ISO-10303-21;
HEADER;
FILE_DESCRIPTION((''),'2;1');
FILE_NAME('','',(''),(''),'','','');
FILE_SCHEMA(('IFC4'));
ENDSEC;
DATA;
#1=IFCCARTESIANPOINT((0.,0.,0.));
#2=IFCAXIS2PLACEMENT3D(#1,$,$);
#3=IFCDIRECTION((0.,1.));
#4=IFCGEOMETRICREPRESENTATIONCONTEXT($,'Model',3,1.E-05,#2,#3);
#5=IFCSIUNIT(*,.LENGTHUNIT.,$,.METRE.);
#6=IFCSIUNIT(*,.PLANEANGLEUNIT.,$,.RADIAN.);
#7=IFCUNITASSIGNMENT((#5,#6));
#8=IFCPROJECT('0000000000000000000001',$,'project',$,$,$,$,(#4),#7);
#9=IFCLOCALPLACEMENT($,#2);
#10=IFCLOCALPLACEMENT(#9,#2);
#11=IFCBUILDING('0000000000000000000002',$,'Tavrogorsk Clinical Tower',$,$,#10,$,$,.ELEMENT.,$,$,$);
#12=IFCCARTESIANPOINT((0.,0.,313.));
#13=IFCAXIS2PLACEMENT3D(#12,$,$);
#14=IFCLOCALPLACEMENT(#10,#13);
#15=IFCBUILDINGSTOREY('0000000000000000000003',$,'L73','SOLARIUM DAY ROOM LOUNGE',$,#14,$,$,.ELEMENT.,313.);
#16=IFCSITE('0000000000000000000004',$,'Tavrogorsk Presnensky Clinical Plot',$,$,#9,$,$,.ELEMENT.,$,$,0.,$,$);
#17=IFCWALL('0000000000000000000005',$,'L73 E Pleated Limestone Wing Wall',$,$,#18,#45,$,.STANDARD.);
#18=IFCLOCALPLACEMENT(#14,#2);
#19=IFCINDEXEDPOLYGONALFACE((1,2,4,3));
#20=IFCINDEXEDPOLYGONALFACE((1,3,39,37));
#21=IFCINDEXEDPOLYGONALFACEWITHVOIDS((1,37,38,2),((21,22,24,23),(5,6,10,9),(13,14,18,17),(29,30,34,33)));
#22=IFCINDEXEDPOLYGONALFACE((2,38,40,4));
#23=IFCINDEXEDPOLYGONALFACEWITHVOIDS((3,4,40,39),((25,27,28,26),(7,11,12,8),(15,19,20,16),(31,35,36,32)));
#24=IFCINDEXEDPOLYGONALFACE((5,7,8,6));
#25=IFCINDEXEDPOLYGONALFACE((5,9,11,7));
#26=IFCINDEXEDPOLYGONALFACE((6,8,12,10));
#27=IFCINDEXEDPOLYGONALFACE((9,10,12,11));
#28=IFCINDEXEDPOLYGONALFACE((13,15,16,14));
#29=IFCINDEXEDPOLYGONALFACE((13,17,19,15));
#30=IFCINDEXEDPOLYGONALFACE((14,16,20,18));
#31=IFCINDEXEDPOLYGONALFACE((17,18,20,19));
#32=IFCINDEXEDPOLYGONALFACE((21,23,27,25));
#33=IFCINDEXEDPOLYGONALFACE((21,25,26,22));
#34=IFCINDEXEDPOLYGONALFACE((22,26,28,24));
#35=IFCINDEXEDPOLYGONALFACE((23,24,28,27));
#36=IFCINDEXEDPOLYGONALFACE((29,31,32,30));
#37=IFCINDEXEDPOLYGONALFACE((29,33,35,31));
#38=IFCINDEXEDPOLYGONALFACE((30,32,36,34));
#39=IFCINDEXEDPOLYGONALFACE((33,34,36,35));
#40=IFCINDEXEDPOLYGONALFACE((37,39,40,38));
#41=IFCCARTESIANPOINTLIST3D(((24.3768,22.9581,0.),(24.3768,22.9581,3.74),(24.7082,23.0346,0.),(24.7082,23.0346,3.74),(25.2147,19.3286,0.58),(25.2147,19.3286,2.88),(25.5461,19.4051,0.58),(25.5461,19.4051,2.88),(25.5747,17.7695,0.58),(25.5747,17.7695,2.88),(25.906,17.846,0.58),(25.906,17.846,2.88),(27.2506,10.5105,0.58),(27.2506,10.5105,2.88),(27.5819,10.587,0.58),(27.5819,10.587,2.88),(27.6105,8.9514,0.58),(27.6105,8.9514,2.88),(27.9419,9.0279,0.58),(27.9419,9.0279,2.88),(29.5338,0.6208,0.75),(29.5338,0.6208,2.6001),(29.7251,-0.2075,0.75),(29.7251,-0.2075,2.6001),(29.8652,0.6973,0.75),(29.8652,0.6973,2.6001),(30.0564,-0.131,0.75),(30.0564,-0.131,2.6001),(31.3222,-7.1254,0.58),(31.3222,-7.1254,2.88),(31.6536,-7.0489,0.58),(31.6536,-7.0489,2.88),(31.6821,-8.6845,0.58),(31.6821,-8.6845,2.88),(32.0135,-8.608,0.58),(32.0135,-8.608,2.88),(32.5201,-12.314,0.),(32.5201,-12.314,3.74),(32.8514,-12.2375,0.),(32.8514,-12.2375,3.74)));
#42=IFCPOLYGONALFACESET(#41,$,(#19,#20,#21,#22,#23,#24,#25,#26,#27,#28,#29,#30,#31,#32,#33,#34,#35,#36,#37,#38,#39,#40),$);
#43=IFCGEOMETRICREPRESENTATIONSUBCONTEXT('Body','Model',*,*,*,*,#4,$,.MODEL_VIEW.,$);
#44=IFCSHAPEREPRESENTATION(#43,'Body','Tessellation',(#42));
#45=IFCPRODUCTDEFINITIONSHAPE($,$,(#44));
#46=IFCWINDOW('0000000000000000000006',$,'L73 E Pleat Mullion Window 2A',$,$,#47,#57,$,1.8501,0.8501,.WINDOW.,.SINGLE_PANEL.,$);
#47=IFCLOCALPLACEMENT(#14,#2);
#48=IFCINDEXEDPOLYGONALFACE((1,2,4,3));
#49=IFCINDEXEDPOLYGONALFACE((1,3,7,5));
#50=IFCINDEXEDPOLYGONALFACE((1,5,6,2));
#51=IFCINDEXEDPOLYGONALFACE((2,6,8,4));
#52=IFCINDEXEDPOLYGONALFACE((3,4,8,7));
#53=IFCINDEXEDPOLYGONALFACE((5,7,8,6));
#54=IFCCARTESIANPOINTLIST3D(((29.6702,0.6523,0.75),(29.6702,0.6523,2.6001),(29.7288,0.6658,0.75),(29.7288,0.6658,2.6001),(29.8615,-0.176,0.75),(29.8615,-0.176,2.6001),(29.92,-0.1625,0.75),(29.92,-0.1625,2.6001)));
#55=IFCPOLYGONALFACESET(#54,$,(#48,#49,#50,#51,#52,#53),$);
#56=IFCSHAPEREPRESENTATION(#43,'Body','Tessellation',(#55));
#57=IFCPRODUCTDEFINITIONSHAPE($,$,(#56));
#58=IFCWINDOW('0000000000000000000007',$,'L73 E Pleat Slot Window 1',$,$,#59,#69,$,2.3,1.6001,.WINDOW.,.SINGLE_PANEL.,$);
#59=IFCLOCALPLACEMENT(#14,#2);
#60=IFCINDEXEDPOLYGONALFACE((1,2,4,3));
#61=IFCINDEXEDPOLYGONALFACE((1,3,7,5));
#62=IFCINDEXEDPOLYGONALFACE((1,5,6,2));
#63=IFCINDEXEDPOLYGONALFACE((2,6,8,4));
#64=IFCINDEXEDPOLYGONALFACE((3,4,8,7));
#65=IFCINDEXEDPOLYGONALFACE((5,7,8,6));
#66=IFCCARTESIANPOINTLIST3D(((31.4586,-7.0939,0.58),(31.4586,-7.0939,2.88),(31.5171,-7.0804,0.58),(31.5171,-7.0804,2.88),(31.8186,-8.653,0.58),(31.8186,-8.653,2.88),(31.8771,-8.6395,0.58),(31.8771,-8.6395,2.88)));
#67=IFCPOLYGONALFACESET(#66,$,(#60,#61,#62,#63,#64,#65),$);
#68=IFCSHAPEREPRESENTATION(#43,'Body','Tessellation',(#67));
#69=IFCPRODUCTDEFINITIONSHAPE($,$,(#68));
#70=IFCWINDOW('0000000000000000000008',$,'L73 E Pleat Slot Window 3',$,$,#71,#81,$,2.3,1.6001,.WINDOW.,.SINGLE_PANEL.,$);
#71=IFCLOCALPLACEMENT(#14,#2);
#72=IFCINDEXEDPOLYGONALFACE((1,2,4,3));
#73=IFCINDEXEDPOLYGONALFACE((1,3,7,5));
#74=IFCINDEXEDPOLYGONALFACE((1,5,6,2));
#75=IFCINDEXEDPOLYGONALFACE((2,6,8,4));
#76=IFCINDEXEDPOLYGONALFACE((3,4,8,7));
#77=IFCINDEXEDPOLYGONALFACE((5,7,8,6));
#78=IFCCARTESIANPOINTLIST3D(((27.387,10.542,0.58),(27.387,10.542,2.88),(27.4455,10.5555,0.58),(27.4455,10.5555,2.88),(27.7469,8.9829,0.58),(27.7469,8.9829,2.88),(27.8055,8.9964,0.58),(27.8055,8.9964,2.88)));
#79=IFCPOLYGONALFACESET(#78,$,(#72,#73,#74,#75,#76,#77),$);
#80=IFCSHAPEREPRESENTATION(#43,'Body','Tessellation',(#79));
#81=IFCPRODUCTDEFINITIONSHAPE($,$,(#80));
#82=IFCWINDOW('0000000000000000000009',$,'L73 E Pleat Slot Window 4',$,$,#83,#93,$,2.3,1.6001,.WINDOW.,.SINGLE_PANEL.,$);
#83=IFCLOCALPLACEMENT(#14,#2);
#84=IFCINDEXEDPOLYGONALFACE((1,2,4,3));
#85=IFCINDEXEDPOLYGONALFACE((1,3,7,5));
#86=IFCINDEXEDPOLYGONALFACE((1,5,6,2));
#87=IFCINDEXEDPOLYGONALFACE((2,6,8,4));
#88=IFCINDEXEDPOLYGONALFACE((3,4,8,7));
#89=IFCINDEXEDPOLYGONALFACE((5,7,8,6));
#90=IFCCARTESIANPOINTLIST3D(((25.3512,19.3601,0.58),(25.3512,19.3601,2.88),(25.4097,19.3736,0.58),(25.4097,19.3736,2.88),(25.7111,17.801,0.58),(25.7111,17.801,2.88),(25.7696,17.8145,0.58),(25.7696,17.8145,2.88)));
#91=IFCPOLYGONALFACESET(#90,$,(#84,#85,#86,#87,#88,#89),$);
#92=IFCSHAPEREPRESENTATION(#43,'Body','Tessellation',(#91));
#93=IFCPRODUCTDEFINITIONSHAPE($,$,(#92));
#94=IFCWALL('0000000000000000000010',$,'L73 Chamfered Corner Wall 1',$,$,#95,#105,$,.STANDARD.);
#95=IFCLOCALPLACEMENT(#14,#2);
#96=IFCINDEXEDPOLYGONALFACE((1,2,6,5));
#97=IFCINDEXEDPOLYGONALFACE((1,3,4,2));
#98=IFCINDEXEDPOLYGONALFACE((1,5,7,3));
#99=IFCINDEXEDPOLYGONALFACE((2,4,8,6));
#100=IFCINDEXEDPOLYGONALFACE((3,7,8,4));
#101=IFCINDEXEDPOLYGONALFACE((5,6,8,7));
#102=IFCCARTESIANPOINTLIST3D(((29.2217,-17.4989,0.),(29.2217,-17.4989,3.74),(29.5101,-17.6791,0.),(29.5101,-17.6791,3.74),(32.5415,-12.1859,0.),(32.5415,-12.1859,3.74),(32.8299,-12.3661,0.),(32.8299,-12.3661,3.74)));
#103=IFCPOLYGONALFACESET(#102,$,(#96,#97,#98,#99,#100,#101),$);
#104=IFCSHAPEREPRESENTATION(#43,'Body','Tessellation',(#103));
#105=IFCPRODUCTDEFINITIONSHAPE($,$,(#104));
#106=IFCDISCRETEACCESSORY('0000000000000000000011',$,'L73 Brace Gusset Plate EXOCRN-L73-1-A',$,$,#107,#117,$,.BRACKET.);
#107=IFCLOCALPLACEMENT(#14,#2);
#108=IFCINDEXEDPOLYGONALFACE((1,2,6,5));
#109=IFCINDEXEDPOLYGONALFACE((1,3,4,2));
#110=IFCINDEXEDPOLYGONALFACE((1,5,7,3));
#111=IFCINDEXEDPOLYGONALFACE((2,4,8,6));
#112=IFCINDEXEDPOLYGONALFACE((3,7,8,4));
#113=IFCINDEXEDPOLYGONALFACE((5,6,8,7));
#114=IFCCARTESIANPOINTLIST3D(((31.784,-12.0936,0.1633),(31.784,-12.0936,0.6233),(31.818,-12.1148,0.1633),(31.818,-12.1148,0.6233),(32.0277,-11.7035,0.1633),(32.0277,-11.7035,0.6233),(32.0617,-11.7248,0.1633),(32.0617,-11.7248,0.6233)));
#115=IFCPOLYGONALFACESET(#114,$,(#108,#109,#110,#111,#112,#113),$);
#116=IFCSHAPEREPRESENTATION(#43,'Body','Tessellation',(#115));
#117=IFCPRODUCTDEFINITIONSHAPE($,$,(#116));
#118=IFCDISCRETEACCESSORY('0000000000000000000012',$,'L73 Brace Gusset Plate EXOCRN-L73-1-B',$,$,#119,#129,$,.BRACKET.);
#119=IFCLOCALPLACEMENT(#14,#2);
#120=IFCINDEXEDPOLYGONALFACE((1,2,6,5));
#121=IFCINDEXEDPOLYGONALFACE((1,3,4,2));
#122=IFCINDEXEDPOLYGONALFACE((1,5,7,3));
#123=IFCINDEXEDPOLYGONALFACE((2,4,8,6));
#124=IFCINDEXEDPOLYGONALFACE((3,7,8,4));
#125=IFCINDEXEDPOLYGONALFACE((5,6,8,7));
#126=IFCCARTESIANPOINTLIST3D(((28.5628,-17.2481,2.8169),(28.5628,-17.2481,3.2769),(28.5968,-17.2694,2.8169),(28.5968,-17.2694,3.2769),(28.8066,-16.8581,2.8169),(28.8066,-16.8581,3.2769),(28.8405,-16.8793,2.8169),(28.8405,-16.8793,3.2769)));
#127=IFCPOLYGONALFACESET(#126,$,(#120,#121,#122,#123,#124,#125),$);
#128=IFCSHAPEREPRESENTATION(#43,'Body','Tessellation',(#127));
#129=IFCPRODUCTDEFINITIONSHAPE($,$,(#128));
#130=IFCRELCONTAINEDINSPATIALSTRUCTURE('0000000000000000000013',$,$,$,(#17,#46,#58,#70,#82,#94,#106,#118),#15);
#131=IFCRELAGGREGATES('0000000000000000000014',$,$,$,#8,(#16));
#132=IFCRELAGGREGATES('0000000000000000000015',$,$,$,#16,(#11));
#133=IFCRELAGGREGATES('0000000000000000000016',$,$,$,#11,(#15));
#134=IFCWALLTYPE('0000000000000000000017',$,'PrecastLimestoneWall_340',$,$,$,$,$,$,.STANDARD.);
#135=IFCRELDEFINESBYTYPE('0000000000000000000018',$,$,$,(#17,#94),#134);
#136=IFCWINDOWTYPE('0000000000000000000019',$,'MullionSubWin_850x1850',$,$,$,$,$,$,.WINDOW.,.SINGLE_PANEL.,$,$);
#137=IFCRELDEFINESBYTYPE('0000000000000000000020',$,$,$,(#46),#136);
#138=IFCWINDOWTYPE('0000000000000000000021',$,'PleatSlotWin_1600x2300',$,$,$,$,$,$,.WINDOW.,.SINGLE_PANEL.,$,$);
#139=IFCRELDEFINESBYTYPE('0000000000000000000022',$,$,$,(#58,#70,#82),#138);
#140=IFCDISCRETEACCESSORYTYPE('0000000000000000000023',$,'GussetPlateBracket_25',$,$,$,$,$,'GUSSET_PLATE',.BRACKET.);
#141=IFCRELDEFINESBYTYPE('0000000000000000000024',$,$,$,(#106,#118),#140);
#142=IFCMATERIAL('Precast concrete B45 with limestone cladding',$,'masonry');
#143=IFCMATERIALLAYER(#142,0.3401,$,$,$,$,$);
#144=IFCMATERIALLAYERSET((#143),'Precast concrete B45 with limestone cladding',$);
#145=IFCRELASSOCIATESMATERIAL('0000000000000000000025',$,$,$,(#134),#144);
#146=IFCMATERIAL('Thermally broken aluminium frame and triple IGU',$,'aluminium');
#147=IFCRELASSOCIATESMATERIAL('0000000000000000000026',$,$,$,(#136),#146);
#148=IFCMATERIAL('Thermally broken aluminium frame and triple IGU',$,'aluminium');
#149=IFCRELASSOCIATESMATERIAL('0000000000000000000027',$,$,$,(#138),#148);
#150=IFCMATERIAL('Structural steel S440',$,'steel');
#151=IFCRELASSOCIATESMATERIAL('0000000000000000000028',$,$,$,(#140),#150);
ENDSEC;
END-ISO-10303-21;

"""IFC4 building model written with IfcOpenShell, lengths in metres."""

from ifc_helpers import new_model, si_unit, direction, frame, frame_2d, origin, origin_2d, place, context, subcontext, project, spatial, rectangle, extrude, material, layer, layer_set, type_object, element, fill, save


model = new_model("IFC4")

# Units and contexts
model_context = context("Model", 3, precision=1e-05, world=origin(), true_north=direction((0.0, 1.0)))
body_context = subcontext(model_context, "Body", "Model", "MODEL_VIEW")
ifc_project = project(units=[si_unit("LENGTHUNIT", "METRE"), si_unit("PLANEANGLEUNIT", "RADIAN")], contexts=[model_context])

# Site, building, storey
site_placement = place(None, origin())
site = spatial("IfcSite", under=ifc_project, at=site_placement, Name="Tavrogorsk Presnensky Clinical Plot", CompositionType="ELEMENT", RefElevation=0.0)
building_placement = place(site_placement, origin())
building = spatial("IfcBuilding", under=site, at=building_placement, Name="Tavrogorsk Clinical Tower", CompositionType="ELEMENT")
storey_placement = place(building_placement, frame((0.0, 0.0, 313.0)))
storey = spatial("IfcBuildingStorey", under=building, at=storey_placement, Name="L73", Description="SOLARIUM DAY ROOM LOUNGE", CompositionType="ELEMENT", Elevation=313.0)

# Wall, openings, windows
ifc_material_1 = material(Name="Precast concrete B45 with limestone cladding", Category="masonry")
ifc_layer_1 = layer(ifc_material_1, 0.3401)
ifc_layer_set_1 = layer_set([ifc_layer_1], Name="Precast concrete B45 with limestone cladding")
wall_type_1 = type_object("IfcWallType", Name="PrecastLimestoneWall_340", PredefinedType="STANDARD", material=ifc_layer_set_1)
wall_1_placement = place(storey_placement, frame((32.6858, -12.2759, 0.0), z_axis=(0.0, 0.0, 1.0), x_axis=(-0.224953, 0.97437, 0.0)))
wall_1 = element("IfcWall", 1, at=wall_1_placement, inside=storey, type_object=wall_type_1, Name="L73 E Pleated Limestone Wing Wall", PredefinedType="STANDARD", context=body_context, shape_type="SweptSolid", body=[
    extrude(rectangle(XDim=36.2, YDim=0.3401, at=frame_2d((18.1001, 0.0))), origin(), (0.0, 0.0, 1.0), 3.74),
])
opening_1_placement = place(wall_1_placement, frame((3.7251, 0.0, 0.5801)))
opening_1 = element("IfcOpeningElement", 2, at=opening_1_placement, cuts=wall_1, PredefinedType="OPENING", context=body_context, shape_type="SweptSolid", body=[
    extrude(rectangle(XDim=1.6001, YDim=2.3, at=frame_2d((0.8, 1.1499))), frame((0.0, 0.1799, 0.0), z_axis=(0.0, -1.0, 0.0), x_axis=(1.0, 0.0, 0.0)), (0.0, 0.0, 1.0), 0.3601),
])
opening_2_placement = place(wall_1_placement, frame((12.425, 0.0, 0.75)))
opening_2 = element("IfcOpeningElement", 3, at=opening_2_placement, cuts=wall_1, PredefinedType="OPENING", context=body_context, shape_type="SweptSolid", body=[
    extrude(rectangle(XDim=0.8501, YDim=1.8501, at=frame_2d((0.425, 0.925))), frame((0.0, 0.1799, 0.0), z_axis=(0.0, -1.0, 0.0), x_axis=(1.0, 0.0, 0.0)), (0.0, 0.0, 1.0), 0.3601),
])
opening_3_placement = place(wall_1_placement, frame((21.825, 0.0, 0.5801)))
opening_3 = element("IfcOpeningElement", 4, at=opening_3_placement, cuts=wall_1, PredefinedType="OPENING", context=body_context, shape_type="SweptSolid", body=[
    extrude(rectangle(XDim=1.6001, YDim=2.3, at=frame_2d((0.8, 1.1499))), frame((0.0, 0.1799, 0.0), z_axis=(0.0, -1.0, 0.0), x_axis=(1.0, 0.0, 0.0)), (0.0, 0.0, 1.0), 0.3601),
])
opening_4_placement = place(wall_1_placement, frame((30.875, 0.0, 0.5801)))
opening_4 = element("IfcOpeningElement", 5, at=opening_4_placement, cuts=wall_1, PredefinedType="OPENING", context=body_context, shape_type="SweptSolid", body=[
    extrude(rectangle(XDim=1.6001, YDim=2.3, at=frame_2d((0.8, 1.1499))), frame((0.0, 0.1799, 0.0), z_axis=(0.0, -1.0, 0.0), x_axis=(1.0, 0.0, 0.0)), (0.0, 0.0, 1.0), 0.3601),
])
ifc_material_2 = material(Name="Thermally broken aluminium frame and triple IGU", Category="aluminium")
window_type_1 = type_object("IfcWindowType", Name="MullionSubWin_850x1850", PartitioningType="SINGLE_PANEL", PredefinedType="WINDOW", material=ifc_material_2)
window_1_placement = place(opening_2_placement, origin())
window_1 = element("IfcWindow", 6, at=window_1_placement, inside=storey, type_object=window_type_1, Name="L73 E Pleat Mullion Window 2A", OverallHeight=1.8501, OverallWidth=0.8501, PartitioningType="SINGLE_PANEL", PredefinedType="WINDOW", context=body_context, shape_type="SweptSolid", body=[
    extrude(rectangle(XDim=0.8501, YDim=1.8501, at=frame_2d((0.425, 0.925))), frame((0.0, 0.03, 0.0), z_axis=(0.0, -1.0, 0.0), x_axis=(1.0, 0.0, 0.0)), (0.0, 0.0, 1.0), 0.0601),
])
fill(opening_2, window_1)
ifc_material_3 = material(Name="Thermally broken aluminium frame and triple IGU", Category="aluminium")
window_type_2 = type_object("IfcWindowType", Name="PleatSlotWin_1600x2300", PartitioningType="SINGLE_PANEL", PredefinedType="WINDOW", material=ifc_material_3)
window_2_placement = place(opening_1_placement, origin())
window_2 = element("IfcWindow", 7, at=window_2_placement, inside=storey, type_object=window_type_2, Name="L73 E Pleat Slot Window 1", OverallHeight=2.3, OverallWidth=1.6001, PartitioningType="SINGLE_PANEL", PredefinedType="WINDOW", context=body_context, shape_type="SweptSolid", body=[
    extrude(rectangle(XDim=1.6001, YDim=2.3, at=frame_2d((0.8, 1.1499))), frame((0.0, 0.03, 0.0), z_axis=(0.0, -1.0, 0.0), x_axis=(1.0, 0.0, 0.0)), (0.0, 0.0, 1.0), 0.0601),
])
fill(opening_1, window_2)
window_3_placement = place(opening_3_placement, origin())
window_3 = element("IfcWindow", 8, at=window_3_placement, inside=storey, type_object=window_type_2, Name="L73 E Pleat Slot Window 3", OverallHeight=2.3, OverallWidth=1.6001, PartitioningType="SINGLE_PANEL", PredefinedType="WINDOW", context=body_context, shape_type="SweptSolid", body=[
    extrude(rectangle(XDim=1.6001, YDim=2.3, at=frame_2d((0.8, 1.1499))), frame((0.0, 0.03, 0.0), z_axis=(0.0, -1.0, 0.0), x_axis=(1.0, 0.0, 0.0)), (0.0, 0.0, 1.0), 0.0601),
])
fill(opening_3, window_3)
window_4_placement = place(opening_4_placement, origin())
window_4 = element("IfcWindow", 9, at=window_4_placement, inside=storey, type_object=window_type_2, Name="L73 E Pleat Slot Window 4", OverallHeight=2.3, OverallWidth=1.6001, PartitioningType="SINGLE_PANEL", PredefinedType="WINDOW", context=body_context, shape_type="SweptSolid", body=[
    extrude(rectangle(XDim=1.6001, YDim=2.3, at=frame_2d((0.8, 1.1499))), frame((0.0, 0.03, 0.0), z_axis=(0.0, -1.0, 0.0), x_axis=(1.0, 0.0, 0.0)), (0.0, 0.0, 1.0), 0.0601),
])
fill(opening_4, window_4)

# Wall
wall_2_placement = place(storey_placement, frame((29.366, -17.5889, 0.0), z_axis=(0.0, 0.0, 1.0), x_axis=(0.529908, 0.848055, 0.0)))
element("IfcWall", 10, at=wall_2_placement, inside=storey, type_object=wall_type_1, Name="L73 Chamfered Corner Wall 1", PredefinedType="STANDARD", context=body_context, shape_type="SweptSolid", body=[
    extrude(rectangle(XDim=6.2649, YDim=0.3401, at=frame_2d((3.1323, 0.0))), origin(), (0.0, 0.0, 1.0), 3.74),
])

# Discrete accessories
ifc_material_4 = material(Name="Structural steel S440", Category="steel")
discrete_accessory_type = type_object("IfcDiscreteAccessoryType", Name="GussetPlateBracket_25", ElementType="GUSSET_PLATE", PredefinedType="BRACKET", material=ifc_material_4)
for number, where, z_axis, x_axis, name in (
    (11, (31.9229, -11.9092, 0.1633), (0.0, 0.0, 1.0), (-0.529919, -0.848048, 0.0), "L73 Brace Gusset Plate EXOCRN-L73-1-A"),
    (12, (28.7017, -17.0637, 2.8169), (0.0, 0.0, 1.0), (-0.529919, -0.848048, 0.0), "L73 Brace Gusset Plate EXOCRN-L73-1-B"),
):
    element("IfcDiscreteAccessory", number, at=place(storey_placement, frame(where, z_axis=z_axis, x_axis=x_axis)), inside=storey, type_object=discrete_accessory_type, Name=name, PredefinedType="BRACKET", context=body_context, shape_type="SweptSolid", body=[
        extrude(rectangle(XDim=0.46, YDim=0.04, at=origin_2d()), origin(), (0.0, 0.0, 1.0), 0.46),
    ])

save(model, "model.ifc")
